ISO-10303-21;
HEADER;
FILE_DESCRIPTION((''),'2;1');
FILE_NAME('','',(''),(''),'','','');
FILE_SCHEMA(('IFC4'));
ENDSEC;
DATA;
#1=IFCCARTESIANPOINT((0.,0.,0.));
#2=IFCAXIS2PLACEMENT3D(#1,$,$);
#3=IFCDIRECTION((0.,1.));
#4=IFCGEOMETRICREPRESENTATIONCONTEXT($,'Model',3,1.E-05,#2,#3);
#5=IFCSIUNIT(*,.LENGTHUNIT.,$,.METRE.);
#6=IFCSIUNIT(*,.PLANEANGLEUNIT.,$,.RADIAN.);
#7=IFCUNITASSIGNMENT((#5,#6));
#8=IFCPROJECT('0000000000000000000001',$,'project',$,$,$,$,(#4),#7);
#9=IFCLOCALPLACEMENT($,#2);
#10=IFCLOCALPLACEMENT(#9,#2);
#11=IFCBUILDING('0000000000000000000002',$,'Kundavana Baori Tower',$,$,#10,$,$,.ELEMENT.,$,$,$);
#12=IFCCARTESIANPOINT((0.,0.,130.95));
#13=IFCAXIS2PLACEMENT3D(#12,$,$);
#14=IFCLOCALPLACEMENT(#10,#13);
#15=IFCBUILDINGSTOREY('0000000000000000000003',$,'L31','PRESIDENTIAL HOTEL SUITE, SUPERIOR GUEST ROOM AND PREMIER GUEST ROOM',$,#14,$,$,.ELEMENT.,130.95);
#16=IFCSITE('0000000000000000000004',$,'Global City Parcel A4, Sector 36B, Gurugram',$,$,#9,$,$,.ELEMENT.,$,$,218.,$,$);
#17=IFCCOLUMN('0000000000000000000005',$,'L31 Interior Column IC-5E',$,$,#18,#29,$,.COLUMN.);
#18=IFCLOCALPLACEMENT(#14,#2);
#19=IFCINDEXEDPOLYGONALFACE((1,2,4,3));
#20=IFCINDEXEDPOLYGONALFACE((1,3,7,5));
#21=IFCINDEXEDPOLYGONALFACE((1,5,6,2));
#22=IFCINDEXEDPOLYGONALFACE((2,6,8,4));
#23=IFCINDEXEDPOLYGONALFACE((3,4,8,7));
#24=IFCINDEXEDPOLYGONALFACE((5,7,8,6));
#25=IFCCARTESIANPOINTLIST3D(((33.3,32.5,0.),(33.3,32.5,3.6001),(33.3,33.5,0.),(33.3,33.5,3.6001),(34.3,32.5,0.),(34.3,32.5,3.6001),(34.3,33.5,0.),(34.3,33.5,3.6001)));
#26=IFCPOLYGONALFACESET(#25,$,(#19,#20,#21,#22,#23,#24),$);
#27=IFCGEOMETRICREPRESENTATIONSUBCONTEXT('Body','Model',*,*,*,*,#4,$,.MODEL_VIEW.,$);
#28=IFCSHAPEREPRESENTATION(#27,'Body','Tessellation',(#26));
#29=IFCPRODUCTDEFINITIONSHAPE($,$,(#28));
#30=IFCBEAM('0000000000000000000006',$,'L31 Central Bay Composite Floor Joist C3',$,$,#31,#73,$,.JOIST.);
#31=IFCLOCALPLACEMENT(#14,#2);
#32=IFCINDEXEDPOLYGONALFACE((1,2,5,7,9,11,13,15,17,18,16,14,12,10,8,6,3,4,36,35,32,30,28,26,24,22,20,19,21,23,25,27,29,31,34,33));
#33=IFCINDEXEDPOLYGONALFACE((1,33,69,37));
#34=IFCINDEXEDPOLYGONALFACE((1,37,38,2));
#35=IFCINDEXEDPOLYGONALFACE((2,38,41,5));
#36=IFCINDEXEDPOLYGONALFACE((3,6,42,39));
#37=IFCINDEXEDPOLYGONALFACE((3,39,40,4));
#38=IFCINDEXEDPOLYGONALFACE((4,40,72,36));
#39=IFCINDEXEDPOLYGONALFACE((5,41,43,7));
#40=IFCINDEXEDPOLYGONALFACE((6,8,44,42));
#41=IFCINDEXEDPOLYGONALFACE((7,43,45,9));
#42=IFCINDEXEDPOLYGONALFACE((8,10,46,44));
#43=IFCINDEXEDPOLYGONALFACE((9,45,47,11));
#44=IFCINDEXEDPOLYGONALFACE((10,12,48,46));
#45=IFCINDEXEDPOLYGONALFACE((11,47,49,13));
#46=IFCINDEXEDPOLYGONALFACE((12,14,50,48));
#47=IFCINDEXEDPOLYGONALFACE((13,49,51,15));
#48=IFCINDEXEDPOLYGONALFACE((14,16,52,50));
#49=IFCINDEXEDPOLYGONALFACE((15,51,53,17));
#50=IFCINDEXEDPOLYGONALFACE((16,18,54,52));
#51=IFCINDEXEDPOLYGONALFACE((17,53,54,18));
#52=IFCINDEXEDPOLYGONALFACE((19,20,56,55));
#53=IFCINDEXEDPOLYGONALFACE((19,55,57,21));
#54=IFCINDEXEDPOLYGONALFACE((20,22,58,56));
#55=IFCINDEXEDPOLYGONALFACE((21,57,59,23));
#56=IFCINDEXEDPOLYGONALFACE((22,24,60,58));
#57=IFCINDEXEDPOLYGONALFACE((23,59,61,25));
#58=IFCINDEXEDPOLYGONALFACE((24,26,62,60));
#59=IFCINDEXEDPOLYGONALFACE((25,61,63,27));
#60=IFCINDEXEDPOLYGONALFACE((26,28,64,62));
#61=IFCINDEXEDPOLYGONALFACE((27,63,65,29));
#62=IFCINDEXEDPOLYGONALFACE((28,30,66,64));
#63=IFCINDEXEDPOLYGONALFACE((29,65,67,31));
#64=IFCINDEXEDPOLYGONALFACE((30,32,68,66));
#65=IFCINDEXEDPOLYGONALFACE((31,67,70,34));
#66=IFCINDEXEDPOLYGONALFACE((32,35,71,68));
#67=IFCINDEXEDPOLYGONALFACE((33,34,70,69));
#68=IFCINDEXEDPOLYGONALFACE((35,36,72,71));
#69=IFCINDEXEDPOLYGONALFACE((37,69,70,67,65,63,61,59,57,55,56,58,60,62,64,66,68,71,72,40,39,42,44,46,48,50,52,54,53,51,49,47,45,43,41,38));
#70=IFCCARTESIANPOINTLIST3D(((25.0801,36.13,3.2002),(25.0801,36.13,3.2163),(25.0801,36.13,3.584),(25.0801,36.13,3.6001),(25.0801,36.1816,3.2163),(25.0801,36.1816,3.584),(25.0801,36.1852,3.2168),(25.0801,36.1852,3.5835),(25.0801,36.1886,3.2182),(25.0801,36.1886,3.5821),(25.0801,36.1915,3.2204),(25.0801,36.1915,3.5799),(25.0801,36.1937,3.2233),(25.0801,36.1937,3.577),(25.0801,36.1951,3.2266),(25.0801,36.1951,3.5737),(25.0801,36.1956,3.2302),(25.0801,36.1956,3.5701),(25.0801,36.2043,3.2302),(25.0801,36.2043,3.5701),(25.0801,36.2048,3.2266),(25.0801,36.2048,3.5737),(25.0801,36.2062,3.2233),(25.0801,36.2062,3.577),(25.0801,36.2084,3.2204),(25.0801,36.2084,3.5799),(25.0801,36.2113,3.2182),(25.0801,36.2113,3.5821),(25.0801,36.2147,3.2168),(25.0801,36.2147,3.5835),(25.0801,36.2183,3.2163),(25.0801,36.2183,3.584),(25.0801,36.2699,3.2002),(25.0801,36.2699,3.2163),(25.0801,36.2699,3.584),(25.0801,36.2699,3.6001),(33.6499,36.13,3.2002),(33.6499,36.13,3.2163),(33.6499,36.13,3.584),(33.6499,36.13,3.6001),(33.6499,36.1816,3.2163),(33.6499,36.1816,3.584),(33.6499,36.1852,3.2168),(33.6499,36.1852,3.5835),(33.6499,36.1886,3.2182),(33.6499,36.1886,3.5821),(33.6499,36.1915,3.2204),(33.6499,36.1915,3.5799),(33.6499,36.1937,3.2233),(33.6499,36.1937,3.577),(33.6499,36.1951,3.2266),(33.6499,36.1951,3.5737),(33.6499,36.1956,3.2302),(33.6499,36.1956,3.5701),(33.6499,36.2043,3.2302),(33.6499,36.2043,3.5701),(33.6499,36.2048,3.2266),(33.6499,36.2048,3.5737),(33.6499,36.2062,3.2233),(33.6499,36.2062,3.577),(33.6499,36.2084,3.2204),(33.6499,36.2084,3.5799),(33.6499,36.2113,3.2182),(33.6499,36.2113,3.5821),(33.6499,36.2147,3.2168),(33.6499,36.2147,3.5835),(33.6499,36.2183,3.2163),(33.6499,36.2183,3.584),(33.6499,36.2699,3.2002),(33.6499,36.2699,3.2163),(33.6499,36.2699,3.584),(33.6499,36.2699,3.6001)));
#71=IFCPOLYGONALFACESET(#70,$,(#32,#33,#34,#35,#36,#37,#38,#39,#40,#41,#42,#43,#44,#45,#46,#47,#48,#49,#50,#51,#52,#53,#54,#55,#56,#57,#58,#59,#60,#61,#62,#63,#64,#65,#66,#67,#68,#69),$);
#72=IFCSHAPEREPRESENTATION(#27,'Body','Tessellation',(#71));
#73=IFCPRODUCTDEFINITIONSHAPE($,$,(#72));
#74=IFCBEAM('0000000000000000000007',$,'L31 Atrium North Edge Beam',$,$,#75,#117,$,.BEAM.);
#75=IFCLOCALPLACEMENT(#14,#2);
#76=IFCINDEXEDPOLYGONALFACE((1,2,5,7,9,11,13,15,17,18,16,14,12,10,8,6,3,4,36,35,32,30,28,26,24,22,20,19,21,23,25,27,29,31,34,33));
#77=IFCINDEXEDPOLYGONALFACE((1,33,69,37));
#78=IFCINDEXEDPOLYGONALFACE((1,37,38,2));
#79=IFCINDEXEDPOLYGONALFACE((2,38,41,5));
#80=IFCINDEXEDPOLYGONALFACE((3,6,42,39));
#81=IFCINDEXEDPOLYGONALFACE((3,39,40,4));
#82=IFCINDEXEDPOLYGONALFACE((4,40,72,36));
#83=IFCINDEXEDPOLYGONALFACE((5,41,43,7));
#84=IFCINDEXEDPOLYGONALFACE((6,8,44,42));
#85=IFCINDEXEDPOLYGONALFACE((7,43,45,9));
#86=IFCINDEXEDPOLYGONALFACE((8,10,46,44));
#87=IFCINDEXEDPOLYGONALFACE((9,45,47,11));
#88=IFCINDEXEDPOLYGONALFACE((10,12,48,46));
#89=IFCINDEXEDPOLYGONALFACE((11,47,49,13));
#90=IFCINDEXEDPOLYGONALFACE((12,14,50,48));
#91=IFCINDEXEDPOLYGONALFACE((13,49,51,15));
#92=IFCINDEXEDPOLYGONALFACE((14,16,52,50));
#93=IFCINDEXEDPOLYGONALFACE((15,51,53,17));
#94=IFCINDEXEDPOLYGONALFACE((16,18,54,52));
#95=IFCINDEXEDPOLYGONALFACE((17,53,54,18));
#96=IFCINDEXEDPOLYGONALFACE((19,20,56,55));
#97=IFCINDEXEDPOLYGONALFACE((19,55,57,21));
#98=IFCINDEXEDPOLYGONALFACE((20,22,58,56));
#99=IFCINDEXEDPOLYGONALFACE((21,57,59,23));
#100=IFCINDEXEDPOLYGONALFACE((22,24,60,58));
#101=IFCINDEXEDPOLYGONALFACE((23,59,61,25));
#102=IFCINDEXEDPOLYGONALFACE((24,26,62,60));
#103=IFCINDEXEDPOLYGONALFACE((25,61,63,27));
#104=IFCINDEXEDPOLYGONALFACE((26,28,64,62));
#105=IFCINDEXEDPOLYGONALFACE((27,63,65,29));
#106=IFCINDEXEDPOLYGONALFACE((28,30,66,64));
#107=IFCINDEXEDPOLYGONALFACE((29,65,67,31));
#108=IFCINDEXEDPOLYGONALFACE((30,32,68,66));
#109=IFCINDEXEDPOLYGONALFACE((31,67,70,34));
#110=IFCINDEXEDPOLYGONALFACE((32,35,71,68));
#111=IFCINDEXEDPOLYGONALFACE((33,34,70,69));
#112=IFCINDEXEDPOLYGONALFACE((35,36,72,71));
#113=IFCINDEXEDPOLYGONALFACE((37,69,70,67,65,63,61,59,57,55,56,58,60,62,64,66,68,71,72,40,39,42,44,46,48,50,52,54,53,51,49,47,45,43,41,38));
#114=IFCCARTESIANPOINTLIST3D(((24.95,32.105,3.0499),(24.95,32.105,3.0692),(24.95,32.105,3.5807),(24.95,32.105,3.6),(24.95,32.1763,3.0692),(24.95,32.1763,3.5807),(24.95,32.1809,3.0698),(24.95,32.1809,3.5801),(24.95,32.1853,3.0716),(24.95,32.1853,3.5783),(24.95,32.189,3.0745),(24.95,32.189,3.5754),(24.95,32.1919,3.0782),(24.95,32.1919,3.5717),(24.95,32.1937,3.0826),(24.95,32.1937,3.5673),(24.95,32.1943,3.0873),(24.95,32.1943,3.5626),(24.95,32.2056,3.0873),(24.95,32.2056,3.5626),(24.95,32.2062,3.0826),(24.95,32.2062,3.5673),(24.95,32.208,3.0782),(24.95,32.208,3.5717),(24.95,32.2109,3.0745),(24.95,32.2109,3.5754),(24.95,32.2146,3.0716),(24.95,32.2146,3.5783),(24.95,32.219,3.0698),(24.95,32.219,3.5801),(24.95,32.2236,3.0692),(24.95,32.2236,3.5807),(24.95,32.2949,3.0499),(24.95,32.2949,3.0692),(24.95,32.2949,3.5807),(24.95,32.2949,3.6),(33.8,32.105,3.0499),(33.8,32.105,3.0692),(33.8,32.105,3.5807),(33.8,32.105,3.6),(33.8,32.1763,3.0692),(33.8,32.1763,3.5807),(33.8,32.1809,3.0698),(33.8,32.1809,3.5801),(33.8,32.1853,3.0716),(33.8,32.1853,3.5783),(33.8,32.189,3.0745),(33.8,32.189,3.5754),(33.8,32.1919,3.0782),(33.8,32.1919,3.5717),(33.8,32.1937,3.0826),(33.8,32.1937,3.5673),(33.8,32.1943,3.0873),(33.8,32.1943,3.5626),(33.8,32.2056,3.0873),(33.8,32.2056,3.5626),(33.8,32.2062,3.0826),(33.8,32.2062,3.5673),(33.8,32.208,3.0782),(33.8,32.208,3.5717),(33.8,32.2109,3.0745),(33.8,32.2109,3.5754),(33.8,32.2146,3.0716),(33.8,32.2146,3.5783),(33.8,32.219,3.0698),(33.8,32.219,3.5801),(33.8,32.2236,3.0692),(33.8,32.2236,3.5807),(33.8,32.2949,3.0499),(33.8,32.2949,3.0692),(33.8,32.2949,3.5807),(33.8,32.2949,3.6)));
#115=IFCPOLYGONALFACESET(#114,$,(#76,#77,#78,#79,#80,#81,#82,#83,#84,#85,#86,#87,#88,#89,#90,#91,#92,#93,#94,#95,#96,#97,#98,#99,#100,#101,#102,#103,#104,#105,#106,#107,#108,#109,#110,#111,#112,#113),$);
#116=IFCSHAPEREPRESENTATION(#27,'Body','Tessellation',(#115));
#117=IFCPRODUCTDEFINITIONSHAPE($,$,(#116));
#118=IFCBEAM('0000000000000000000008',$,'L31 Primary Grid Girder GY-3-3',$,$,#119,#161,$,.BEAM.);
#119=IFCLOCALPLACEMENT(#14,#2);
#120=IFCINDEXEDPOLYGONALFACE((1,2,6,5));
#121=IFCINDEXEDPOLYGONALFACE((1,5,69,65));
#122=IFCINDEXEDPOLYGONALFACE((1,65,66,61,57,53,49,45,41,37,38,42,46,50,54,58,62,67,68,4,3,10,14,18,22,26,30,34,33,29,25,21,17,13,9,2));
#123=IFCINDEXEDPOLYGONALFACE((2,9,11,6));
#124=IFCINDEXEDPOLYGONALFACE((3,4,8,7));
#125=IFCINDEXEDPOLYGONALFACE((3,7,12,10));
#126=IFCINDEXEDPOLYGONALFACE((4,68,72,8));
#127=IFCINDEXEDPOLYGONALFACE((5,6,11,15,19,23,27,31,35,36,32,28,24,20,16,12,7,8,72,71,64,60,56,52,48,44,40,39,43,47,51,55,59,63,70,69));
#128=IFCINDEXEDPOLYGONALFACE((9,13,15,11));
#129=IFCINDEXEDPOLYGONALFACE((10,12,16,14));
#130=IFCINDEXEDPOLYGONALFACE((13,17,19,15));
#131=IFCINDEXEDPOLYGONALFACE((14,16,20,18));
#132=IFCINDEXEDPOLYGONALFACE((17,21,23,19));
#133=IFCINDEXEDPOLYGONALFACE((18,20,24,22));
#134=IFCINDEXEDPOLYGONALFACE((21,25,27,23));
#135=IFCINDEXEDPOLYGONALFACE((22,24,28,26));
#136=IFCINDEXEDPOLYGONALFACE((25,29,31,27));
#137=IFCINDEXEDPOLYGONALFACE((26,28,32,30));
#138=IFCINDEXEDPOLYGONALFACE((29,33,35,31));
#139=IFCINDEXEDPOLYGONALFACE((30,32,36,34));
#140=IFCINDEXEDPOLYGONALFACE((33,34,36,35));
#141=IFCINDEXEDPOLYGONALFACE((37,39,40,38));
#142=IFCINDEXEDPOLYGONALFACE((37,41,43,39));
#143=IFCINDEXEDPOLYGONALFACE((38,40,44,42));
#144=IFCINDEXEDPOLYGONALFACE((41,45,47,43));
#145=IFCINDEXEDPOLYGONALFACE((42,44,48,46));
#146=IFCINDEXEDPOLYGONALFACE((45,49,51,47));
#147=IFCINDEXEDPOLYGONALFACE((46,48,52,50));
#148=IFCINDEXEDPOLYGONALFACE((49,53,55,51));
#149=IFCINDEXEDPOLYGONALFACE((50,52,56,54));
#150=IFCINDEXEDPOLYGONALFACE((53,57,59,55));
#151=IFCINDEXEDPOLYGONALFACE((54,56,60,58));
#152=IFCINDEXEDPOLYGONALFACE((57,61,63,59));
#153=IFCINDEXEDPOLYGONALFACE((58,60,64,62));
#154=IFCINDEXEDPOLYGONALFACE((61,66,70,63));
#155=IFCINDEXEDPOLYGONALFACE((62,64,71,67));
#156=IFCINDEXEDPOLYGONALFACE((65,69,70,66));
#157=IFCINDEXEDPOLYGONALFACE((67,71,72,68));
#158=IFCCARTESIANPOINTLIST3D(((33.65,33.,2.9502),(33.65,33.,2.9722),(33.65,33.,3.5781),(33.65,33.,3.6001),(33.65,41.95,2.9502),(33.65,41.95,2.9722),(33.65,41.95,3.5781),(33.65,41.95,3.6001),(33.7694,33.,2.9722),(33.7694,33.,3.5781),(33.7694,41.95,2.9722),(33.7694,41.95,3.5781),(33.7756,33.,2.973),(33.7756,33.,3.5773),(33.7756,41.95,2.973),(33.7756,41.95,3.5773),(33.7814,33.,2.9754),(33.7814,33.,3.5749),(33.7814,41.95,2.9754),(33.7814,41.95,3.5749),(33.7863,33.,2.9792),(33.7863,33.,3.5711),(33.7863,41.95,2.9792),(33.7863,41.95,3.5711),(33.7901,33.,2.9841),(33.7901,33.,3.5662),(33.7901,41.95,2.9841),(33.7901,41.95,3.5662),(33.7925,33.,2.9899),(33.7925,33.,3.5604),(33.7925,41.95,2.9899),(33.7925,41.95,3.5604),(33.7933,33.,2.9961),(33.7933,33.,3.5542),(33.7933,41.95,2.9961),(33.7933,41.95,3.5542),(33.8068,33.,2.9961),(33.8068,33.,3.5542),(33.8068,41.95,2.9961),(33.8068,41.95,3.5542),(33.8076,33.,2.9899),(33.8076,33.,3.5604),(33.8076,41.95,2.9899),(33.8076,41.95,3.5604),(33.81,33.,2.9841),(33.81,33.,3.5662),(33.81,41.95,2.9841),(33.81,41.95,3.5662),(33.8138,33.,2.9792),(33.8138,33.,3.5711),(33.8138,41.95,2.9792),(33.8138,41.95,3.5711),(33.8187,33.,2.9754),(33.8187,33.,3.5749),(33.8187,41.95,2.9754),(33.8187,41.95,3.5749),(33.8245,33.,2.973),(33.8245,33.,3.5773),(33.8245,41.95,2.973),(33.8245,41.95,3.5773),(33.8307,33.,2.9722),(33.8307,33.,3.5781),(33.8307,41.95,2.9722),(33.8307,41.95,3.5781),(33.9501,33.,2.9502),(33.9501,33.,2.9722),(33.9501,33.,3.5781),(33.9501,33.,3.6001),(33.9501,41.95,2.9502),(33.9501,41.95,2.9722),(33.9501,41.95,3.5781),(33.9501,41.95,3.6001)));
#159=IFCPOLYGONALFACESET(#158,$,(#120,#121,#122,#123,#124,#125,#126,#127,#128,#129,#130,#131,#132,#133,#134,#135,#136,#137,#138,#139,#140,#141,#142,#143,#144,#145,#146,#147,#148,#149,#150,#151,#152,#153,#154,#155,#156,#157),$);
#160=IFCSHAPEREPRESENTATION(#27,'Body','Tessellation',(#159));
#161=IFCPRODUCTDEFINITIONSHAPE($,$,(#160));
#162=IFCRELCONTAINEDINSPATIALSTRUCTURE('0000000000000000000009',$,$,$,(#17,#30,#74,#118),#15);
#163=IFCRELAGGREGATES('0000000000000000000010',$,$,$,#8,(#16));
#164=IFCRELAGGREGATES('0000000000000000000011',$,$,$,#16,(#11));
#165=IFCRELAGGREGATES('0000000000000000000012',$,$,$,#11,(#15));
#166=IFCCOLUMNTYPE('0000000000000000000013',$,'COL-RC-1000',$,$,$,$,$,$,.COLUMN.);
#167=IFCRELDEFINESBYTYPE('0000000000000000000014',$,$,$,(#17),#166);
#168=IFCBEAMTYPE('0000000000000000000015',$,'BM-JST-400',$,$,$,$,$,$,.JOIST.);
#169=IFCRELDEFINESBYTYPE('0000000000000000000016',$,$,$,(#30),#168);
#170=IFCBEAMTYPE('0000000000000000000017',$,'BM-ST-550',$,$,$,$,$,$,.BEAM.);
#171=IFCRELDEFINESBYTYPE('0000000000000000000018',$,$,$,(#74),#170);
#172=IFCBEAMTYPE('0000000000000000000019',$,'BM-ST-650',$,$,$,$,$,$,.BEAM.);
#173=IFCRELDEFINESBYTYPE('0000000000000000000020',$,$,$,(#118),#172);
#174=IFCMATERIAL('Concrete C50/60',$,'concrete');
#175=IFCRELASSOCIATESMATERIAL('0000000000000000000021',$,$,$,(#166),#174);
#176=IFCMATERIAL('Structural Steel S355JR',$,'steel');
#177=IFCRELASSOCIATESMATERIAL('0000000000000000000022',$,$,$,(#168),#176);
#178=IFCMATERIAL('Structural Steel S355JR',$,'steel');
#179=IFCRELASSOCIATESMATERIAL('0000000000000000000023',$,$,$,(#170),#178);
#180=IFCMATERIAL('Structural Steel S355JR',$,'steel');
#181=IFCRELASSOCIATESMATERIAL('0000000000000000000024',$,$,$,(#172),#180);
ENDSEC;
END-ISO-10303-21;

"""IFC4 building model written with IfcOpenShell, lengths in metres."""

from ifc_helpers import new_model, si_unit, direction, frame, origin, origin_2d, place, context, subcontext, project, spatial, rectangle, i_section, extrude, material, material_profile, profile_set, type_object, element, save


model = new_model("IFC4")

# Units and contexts
model_context = context("Model", 3, precision=1e-05, world=origin(), true_north=direction((0.0, 1.0)))
body_context = subcontext(model_context, "Body", "Model", "MODEL_VIEW")
ifc_project = project(units=[si_unit("LENGTHUNIT", "METRE"), si_unit("PLANEANGLEUNIT", "RADIAN")], contexts=[model_context])

# Site, building, storey
site_placement = place(None, origin())
site = spatial("IfcSite", under=ifc_project, at=site_placement, Name="Global City Parcel A4, Sector 36B, Gurugram", CompositionType="ELEMENT", RefElevation=218.0)
building_placement = place(site_placement, origin())
building = spatial("IfcBuilding", under=site, at=building_placement, Name="Kundavana Baori Tower", CompositionType="ELEMENT")
storey_placement = place(building_placement, frame((0.0, 0.0, 130.95)))
storey = spatial("IfcBuildingStorey", under=building, at=storey_placement, Name="L31", Description="PRESIDENTIAL HOTEL SUITE, SUPERIOR GUEST ROOM AND PREMIER GUEST ROOM", CompositionType="ELEMENT", Elevation=130.95)

# Column
ifc_material_1 = material(Name="Concrete C50/60", Category="concrete")
ifc_material_profile_1 = material_profile(ifc_material_1, rectangle(XDim=1.0, YDim=1.0, at=origin_2d()), Name="RC 1000x1000")
ifc_profile_set_1 = profile_set([ifc_material_profile_1], Name="Concrete C50/60")
column_type = type_object("IfcColumnType", Name="COL-RC-1000", PredefinedType="COLUMN", material=ifc_profile_set_1)
column_placement = place(storey_placement, frame((33.8, 33.0, 0.0), z_axis=(0.0, 0.0, 1.0), x_axis=(1.0, 0.0, 0.0)))
element("IfcColumn", 1, at=column_placement, inside=storey, type_object=column_type, Name="L31 Interior Column IC-5E", PredefinedType="COLUMN", context=body_context, shape_type="SweptSolid", body=[
    extrude(rectangle(XDim=1.0, YDim=1.0, at=origin_2d()), origin(), (0.0, 0.0, 1.0), 3.6001),
])

# Beams
ifc_material_2 = material(Name="Structural Steel S355JR", Category="steel")
ifc_material_profile_2 = material_profile(ifc_material_2, i_section(OverallWidth=0.1399, OverallDepth=0.3999, WebThickness=0.0088, FlangeThickness=0.0161, FilletRadius=0.0139, at=origin_2d()), Name="ISMB 400")
ifc_profile_set_2 = profile_set([ifc_material_profile_2], Name="Structural Steel S355JR")
beam_type_1 = type_object("IfcBeamType", Name="BM-JST-400", PredefinedType="JOIST", material=ifc_profile_set_2)
beam_1_placement = place(storey_placement, frame((25.0801, 36.2, 3.4001), z_axis=(1.0, 0.0, 0.0), x_axis=(0.0, 1.0, 0.0)))
element("IfcBeam", 2, at=beam_1_placement, inside=storey, type_object=beam_type_1, Name="L31 Central Bay Composite Floor Joist C3", PredefinedType="JOIST", context=body_context, shape_type="SweptSolid", body=[
    extrude(i_section(OverallWidth=0.1399, OverallDepth=0.3999, WebThickness=0.0088, FlangeThickness=0.0161, FilletRadius=0.0139, at=origin_2d()), origin(), (0.0, 0.0, 1.0), 8.5698),
])
ifc_material_3 = material(Name="Structural Steel S355JR", Category="steel")
ifc_material_profile_3 = material_profile(ifc_material_3, i_section(OverallWidth=0.1899, OverallDepth=0.55, WebThickness=0.0112, FlangeThickness=0.0193, FilletRadius=0.0181, at=origin_2d()), Name="ISMB 550")
ifc_profile_set_3 = profile_set([ifc_material_profile_3], Name="Structural Steel S355JR")
beam_type_2 = type_object("IfcBeamType", Name="BM-ST-550", PredefinedType="BEAM", material=ifc_profile_set_3)
beam_2_placement = place(storey_placement, frame((24.95, 32.2, 3.325), z_axis=(1.0, 0.0, 0.0), x_axis=(0.0, 1.0, 0.0)))
element("IfcBeam", 3, at=beam_2_placement, inside=storey, type_object=beam_type_2, Name="L31 Atrium North Edge Beam", PredefinedType="BEAM", context=body_context, shape_type="SweptSolid", body=[
    extrude(i_section(OverallWidth=0.1899, OverallDepth=0.55, WebThickness=0.0112, FlangeThickness=0.0193, FilletRadius=0.0181, at=origin_2d()), origin(), (0.0, 0.0, 1.0), 8.8501),
])
ifc_material_4 = material(Name="Structural Steel S355JR", Category="steel")
ifc_material_profile_4 = material_profile(ifc_material_4, i_section(OverallWidth=0.3, OverallDepth=0.6499, WebThickness=0.0134, FlangeThickness=0.022, FilletRadius=0.0239, at=origin_2d()), Name="NPB 650x300x155")
ifc_profile_set_4 = profile_set([ifc_material_profile_4], Name="Structural Steel S355JR")
beam_type_3 = type_object("IfcBeamType", Name="BM-ST-650", PredefinedType="BEAM", material=ifc_profile_set_4)
beam_3_placement = place(storey_placement, frame((33.8, 33.0, 3.2751), z_axis=(0.0, 1.0, 0.0), x_axis=(-1.0, 0.0, 0.0)))
element("IfcBeam", 4, at=beam_3_placement, inside=storey, type_object=beam_type_3, Name="L31 Primary Grid Girder GY-3-3", PredefinedType="BEAM", context=body_context, shape_type="SweptSolid", body=[
    extrude(i_section(OverallWidth=0.3, OverallDepth=0.6499, WebThickness=0.0134, FlangeThickness=0.022, FilletRadius=0.0239, at=origin_2d()), origin(), (0.0, 0.0, 1.0), 8.95),
])

save(model, "model.ifc")
